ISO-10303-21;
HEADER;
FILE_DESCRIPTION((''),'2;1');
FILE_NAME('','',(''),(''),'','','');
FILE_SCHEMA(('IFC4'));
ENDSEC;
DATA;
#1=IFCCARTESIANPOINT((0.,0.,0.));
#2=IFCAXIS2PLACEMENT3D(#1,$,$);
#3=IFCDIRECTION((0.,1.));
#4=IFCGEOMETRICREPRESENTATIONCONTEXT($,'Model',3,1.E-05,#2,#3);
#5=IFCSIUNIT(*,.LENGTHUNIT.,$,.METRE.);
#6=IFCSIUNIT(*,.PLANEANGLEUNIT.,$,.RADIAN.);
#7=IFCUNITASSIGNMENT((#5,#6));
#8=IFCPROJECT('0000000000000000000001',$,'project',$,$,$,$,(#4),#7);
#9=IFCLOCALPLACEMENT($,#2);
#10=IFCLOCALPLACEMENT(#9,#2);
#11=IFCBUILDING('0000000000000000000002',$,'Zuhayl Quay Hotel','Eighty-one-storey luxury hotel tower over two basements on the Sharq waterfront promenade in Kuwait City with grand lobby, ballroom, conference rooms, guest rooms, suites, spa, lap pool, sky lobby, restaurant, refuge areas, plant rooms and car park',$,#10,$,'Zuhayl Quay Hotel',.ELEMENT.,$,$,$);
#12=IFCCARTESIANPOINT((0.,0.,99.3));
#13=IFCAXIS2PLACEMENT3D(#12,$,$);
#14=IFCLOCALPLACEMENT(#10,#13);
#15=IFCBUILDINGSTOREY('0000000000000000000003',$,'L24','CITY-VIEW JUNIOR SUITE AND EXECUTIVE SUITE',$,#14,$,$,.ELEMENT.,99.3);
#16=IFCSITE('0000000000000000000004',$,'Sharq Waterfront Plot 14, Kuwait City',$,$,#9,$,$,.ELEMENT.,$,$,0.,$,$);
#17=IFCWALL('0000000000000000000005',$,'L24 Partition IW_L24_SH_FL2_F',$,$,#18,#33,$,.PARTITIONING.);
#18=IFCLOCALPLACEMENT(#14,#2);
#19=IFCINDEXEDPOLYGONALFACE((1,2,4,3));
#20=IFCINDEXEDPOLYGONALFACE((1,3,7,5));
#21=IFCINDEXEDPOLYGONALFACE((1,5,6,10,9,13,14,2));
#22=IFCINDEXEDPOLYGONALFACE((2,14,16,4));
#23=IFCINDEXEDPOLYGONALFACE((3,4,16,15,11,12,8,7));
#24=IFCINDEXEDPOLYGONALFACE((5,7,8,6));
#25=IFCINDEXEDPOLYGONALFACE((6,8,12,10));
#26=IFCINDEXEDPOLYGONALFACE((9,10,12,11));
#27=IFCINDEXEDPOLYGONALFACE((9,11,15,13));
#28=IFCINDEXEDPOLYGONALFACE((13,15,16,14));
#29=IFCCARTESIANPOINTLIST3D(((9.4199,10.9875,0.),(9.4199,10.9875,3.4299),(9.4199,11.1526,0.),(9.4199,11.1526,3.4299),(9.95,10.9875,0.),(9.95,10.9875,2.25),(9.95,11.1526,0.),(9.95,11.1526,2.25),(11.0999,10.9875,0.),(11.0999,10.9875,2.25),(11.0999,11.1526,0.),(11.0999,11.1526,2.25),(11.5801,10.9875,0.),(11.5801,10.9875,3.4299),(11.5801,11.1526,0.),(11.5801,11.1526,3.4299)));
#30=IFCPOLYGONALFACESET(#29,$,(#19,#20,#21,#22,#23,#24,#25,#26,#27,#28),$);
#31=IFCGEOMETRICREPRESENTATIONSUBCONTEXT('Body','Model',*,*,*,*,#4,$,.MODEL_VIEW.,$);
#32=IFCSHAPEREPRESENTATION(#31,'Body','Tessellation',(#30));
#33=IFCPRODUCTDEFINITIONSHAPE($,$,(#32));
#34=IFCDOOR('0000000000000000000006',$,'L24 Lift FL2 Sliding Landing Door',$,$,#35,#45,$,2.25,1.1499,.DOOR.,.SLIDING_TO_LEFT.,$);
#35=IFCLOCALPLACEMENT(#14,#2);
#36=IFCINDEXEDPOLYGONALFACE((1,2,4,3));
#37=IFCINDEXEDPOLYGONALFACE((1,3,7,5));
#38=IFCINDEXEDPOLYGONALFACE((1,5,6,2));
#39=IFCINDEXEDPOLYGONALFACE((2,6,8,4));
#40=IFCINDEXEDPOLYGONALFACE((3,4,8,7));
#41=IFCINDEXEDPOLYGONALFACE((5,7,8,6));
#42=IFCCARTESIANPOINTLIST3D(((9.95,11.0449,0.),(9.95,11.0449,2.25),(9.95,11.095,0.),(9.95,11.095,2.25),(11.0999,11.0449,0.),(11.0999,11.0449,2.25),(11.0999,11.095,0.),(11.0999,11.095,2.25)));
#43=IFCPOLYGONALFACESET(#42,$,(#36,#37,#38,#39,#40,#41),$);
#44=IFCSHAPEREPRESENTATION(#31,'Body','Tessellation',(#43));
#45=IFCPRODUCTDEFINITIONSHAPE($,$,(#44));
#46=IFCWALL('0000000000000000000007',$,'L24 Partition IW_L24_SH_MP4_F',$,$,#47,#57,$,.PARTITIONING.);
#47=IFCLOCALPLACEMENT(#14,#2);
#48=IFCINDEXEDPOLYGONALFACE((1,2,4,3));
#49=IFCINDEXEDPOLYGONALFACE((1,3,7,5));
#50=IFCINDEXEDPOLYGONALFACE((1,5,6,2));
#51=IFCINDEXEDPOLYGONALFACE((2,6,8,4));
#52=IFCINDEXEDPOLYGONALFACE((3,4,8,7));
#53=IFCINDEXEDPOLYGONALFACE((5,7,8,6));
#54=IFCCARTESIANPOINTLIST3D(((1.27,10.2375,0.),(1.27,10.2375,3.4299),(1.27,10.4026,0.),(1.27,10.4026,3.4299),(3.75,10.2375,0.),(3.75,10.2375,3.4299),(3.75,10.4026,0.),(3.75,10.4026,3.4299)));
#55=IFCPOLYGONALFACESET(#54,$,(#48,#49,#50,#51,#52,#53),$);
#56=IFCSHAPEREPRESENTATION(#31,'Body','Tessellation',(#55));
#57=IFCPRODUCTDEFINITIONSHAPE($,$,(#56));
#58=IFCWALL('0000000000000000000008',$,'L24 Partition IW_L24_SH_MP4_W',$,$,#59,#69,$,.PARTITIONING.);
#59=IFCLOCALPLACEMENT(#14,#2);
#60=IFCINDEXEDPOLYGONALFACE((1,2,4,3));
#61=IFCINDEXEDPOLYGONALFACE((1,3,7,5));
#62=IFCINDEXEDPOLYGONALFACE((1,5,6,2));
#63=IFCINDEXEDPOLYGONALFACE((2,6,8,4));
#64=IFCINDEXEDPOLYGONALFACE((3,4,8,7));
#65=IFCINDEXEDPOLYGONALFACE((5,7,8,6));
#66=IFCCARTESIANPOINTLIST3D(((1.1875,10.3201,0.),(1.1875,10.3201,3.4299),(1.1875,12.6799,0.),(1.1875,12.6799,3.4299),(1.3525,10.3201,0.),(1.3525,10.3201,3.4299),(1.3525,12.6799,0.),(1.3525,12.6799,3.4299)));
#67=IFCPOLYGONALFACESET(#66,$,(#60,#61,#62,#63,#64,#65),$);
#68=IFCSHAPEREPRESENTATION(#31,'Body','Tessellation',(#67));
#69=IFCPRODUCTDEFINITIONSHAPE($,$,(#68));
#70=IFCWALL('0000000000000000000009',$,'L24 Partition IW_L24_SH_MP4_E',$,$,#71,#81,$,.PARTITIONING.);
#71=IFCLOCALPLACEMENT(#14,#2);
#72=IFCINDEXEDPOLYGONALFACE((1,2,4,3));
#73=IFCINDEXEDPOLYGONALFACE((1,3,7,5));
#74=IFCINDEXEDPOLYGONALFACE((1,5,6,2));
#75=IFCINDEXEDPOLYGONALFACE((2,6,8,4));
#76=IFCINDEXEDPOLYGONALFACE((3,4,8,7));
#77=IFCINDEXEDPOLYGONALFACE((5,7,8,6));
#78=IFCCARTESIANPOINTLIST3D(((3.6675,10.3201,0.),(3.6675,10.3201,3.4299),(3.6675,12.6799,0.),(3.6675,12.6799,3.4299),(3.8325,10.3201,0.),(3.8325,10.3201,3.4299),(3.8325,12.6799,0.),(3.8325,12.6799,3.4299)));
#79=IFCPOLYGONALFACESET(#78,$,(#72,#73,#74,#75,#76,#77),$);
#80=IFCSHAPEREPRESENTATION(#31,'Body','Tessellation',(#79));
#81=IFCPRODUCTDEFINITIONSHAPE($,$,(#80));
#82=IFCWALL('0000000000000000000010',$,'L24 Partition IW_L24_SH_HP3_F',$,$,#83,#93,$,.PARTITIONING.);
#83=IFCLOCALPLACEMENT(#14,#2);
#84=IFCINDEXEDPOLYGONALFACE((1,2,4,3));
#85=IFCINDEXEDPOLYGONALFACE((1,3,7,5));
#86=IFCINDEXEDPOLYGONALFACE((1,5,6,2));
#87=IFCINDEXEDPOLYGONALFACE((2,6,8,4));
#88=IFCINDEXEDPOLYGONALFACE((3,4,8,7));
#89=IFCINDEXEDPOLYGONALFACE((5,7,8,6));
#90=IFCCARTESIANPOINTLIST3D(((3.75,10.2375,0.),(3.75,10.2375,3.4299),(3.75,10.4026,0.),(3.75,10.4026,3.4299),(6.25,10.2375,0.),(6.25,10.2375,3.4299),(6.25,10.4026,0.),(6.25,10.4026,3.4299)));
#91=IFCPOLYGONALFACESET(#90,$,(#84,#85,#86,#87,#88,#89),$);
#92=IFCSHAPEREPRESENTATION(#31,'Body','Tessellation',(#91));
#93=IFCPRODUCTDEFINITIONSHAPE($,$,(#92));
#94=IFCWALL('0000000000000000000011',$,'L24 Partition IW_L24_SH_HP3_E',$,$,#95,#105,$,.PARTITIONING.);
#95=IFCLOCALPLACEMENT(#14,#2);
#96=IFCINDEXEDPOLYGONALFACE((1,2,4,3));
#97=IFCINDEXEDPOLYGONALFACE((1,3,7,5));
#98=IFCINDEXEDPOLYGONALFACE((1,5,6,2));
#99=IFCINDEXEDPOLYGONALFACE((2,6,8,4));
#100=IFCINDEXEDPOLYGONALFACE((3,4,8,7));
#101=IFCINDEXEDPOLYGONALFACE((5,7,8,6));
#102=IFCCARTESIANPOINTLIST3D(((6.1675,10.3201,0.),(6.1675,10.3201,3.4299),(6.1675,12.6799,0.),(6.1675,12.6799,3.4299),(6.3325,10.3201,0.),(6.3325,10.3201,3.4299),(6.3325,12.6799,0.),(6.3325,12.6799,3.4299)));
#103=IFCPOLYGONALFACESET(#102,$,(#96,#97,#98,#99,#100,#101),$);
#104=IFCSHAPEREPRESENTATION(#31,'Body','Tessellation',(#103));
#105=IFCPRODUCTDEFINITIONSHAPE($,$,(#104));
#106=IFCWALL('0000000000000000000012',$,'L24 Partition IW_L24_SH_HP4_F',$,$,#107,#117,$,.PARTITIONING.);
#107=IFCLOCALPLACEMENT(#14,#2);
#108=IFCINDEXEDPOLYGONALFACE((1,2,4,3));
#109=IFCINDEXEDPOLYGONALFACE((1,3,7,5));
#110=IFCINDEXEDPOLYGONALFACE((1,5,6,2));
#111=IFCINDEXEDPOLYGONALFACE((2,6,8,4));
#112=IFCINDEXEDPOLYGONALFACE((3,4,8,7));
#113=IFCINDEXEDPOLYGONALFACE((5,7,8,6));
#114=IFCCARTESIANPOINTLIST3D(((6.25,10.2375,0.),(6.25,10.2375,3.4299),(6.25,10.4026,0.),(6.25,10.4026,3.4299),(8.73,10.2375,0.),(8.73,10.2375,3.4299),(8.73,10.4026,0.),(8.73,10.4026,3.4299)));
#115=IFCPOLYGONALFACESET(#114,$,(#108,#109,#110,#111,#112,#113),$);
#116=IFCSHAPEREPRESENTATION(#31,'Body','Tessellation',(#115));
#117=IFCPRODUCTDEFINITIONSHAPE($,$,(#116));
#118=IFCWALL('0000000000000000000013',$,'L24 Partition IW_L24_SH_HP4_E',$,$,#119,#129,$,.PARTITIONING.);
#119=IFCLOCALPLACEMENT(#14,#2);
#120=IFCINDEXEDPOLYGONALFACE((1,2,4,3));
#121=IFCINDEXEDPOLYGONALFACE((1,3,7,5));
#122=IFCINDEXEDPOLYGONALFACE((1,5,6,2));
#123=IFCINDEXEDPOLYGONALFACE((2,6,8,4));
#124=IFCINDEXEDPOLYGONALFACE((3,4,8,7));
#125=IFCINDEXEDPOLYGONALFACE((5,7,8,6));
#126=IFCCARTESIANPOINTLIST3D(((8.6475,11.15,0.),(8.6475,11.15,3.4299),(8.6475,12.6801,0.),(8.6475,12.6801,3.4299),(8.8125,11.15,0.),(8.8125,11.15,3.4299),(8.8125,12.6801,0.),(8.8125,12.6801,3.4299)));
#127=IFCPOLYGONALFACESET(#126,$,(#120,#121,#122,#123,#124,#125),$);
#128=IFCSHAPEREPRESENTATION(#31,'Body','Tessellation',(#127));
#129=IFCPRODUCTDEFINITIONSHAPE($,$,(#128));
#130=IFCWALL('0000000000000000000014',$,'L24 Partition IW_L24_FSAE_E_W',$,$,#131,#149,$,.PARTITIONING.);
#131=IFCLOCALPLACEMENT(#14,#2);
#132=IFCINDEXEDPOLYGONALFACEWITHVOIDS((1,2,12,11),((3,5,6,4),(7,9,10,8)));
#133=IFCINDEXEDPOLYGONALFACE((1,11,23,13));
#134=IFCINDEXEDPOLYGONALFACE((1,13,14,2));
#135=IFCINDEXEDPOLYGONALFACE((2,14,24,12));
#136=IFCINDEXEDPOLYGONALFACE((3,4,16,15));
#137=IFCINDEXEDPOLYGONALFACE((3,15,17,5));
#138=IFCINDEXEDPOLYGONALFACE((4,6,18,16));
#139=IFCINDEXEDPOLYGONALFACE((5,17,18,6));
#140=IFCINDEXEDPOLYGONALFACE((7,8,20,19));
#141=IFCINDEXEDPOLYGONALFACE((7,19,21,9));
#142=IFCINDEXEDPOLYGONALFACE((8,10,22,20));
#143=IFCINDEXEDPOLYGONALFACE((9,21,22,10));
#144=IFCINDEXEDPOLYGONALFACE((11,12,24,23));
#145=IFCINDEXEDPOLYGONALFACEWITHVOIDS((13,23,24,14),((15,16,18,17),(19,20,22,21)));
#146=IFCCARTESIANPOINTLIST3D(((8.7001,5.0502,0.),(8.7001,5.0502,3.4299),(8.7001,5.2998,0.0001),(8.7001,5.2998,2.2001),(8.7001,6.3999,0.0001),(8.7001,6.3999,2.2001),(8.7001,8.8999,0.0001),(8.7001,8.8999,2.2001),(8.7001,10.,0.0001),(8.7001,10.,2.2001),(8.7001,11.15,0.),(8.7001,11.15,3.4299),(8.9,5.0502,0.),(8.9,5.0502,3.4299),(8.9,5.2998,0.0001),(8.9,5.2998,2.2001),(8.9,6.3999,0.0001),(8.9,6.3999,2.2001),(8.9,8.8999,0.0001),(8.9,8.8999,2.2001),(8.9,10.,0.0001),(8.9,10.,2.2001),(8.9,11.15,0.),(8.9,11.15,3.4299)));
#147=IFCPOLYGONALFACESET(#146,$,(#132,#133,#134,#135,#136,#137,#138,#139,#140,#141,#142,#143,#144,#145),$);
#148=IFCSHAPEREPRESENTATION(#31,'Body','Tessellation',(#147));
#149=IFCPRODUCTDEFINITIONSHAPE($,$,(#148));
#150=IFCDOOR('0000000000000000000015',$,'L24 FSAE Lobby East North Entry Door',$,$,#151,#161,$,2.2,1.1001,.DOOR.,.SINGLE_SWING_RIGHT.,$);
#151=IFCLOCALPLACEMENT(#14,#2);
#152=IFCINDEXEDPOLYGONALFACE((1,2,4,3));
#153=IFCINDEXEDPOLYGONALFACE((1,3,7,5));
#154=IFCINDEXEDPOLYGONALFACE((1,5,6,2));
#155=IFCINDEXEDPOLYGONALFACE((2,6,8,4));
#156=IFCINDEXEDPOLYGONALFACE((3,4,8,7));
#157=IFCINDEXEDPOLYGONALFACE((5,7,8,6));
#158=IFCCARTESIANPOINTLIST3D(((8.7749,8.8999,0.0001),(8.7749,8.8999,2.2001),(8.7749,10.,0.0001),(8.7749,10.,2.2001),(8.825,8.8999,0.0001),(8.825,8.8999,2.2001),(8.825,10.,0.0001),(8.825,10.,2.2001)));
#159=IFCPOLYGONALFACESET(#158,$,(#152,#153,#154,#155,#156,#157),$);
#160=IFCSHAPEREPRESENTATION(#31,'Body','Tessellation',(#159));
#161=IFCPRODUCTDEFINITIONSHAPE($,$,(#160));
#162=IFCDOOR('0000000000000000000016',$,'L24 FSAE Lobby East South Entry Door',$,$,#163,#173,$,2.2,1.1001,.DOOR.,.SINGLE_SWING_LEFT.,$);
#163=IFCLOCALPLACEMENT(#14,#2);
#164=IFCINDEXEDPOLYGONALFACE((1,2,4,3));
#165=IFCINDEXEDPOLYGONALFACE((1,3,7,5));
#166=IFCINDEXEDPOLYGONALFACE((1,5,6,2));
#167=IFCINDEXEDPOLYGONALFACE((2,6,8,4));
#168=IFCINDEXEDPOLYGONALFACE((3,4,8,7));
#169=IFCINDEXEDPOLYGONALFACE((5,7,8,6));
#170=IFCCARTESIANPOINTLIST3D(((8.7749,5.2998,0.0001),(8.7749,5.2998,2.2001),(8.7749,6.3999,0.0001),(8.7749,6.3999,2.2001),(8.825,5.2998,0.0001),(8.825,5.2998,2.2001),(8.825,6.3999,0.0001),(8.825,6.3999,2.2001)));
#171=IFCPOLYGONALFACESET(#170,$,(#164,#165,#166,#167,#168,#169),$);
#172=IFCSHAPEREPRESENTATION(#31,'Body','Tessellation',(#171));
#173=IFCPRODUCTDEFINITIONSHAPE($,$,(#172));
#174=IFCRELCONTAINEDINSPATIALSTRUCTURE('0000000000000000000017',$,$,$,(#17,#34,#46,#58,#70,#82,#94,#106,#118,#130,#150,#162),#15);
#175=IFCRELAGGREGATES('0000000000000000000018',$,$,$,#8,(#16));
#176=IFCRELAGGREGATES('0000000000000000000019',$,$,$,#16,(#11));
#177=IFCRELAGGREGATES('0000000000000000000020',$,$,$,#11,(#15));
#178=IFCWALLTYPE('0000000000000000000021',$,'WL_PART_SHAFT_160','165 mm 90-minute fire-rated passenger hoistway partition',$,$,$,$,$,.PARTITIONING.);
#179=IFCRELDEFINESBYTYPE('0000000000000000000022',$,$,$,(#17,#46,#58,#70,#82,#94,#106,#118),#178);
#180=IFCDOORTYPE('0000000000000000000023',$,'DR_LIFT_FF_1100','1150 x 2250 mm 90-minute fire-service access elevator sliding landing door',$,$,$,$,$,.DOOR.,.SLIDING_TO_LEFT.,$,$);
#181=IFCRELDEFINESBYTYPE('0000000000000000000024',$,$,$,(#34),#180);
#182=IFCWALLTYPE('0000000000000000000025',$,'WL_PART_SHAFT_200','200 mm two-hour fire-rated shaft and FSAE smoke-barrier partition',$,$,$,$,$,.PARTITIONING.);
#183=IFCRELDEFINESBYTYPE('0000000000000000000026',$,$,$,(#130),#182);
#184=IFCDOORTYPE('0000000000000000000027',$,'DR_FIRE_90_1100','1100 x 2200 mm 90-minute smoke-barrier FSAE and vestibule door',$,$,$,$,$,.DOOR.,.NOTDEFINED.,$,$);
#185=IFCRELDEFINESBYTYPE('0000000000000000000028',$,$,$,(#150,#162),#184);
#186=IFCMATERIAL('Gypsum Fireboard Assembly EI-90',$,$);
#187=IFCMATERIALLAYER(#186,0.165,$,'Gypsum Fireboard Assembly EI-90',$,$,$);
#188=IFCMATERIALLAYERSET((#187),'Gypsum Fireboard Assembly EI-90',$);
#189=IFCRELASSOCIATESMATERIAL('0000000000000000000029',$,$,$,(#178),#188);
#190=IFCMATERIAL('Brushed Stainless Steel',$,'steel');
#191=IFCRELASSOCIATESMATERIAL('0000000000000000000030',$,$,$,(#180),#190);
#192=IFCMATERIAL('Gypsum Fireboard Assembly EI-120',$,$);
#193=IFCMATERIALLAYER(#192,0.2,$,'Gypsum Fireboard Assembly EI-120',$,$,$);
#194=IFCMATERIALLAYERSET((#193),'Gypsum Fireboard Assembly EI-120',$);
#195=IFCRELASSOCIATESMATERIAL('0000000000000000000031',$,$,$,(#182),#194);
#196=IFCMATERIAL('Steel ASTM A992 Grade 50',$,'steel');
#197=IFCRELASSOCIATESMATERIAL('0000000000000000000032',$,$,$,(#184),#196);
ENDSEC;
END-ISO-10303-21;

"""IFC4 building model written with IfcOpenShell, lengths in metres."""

from ifc_helpers import new_model, si_unit, direction, frame, frame_2d, origin, place, context, subcontext, project, spatial, rectangle, extrude, material, layer, layer_set, type_object, element, fill, save


model = new_model("IFC4")

# Units and contexts
model_context = context("Model", 3, precision=1e-05, world=origin(), true_north=direction((0.0, 1.0)))
body_context = subcontext(model_context, "Body", "Model", "MODEL_VIEW")
ifc_project = project(units=[si_unit("LENGTHUNIT", "METRE"), si_unit("PLANEANGLEUNIT", "RADIAN")], contexts=[model_context])

# Site, building, storey
site_placement = place(None, origin())
site = spatial("IfcSite", under=ifc_project, at=site_placement, Name="Sharq Waterfront Plot 14, Kuwait City", CompositionType="ELEMENT", RefElevation=0.0)
building_placement = place(site_placement, origin())
building = spatial("IfcBuilding", under=site, at=building_placement, Name="Zuhayl Quay Hotel", Description="Eighty-one-storey luxury hotel tower over two basements on the Sharq waterfront promenade in Kuwait City with grand lobby, ballroom, conference rooms, guest rooms, suites, spa, lap pool, sky lobby, restaurant, refuge areas, plant rooms and car park", LongName="Zuhayl Quay Hotel", CompositionType="ELEMENT")
storey_placement = place(building_placement, frame((0.0, 0.0, 99.3)))
storey = spatial("IfcBuildingStorey", under=building, at=storey_placement, Name="L24", Description="CITY-VIEW JUNIOR SUITE AND EXECUTIVE SUITE", CompositionType="ELEMENT", Elevation=99.3)

# Shared definitions
ifc_material_1 = material(Name="Steel ASTM A992 Grade 50", Category="steel")

# Wall, opening, door
ifc_material_2 = material(Name="Gypsum Fireboard Assembly EI-90")
ifc_layer_1 = layer(ifc_material_2, 0.165, Name="Gypsum Fireboard Assembly EI-90")
ifc_layer_set_1 = layer_set([ifc_layer_1], Name="Gypsum Fireboard Assembly EI-90")
wall_type_1 = type_object("IfcWallType", Name="WL_PART_SHAFT_160", Description="165 mm 90-minute fire-rated passenger hoistway partition", PredefinedType="PARTITIONING", material=ifc_layer_set_1)
wall_1_placement = place(storey_placement, frame((9.4199, 11.0701, 0.0), z_axis=(0.0, 0.0, 1.0), x_axis=(1.0, 0.0, 0.0)))
wall_1 = element("IfcWall", 1, at=wall_1_placement, inside=storey, type_object=wall_type_1, Name="L24 Partition IW_L24_SH_FL2_F", PredefinedType="PARTITIONING", context=body_context, shape_type="SweptSolid", body=[
    extrude(rectangle(XDim=2.1602, YDim=0.165, at=frame_2d((1.0801, 0.0))), origin(), (0.0, 0.0, 1.0), 3.4299),
])
opening_1_placement = place(wall_1_placement, frame((0.53, 0.0, 0.0)))
opening_1 = element("IfcOpeningElement", 2, at=opening_1_placement, cuts=wall_1, PredefinedType="OPENING", context=body_context, shape_type="SweptSolid", body=[
    extrude(rectangle(XDim=1.1499, YDim=2.25, at=frame_2d((0.575, 1.125))), frame((0.0, 0.0925, 0.0), z_axis=(0.0, -1.0, 0.0), x_axis=(1.0, 0.0, 0.0)), (0.0, 0.0, 1.0), 0.1851),
])
ifc_material_3 = material(Name="Brushed Stainless Steel", Category="steel")
door_type_1 = type_object("IfcDoorType", Name="DR_LIFT_FF_1100", Description="1150 x 2250 mm 90-minute fire-service access elevator sliding landing door", OperationType="SLIDING_TO_LEFT", PredefinedType="DOOR", material=ifc_material_3)
door_1_placement = place(opening_1_placement, origin())
door_1 = element("IfcDoor", 3, at=door_1_placement, inside=storey, type_object=door_type_1, Name="L24 Lift FL2 Sliding Landing Door", OperationType="SLIDING_TO_LEFT", OverallHeight=2.25, OverallWidth=1.1499, PredefinedType="DOOR", context=body_context, shape_type="SweptSolid", body=[
    extrude(rectangle(XDim=1.1499, YDim=2.25, at=frame_2d((0.575, 1.125))), frame((0.0, 0.0249, 0.0), z_axis=(0.0, -1.0, 0.0), x_axis=(1.0, 0.0, 0.0)), (0.0, 0.0, 1.0), 0.05),
])
fill(opening_1, door_1)

# Walls
wall_2_placement = place(storey_placement, frame((1.27, 10.3201, 0.0), z_axis=(0.0, 0.0, 1.0), x_axis=(1.0, 0.0, 0.0)))
element("IfcWall", 4, at=wall_2_placement, inside=storey, type_object=wall_type_1, Name="L24 Partition IW_L24_SH_MP4_F", PredefinedType="PARTITIONING", context=body_context, shape_type="SweptSolid", body=[
    extrude(rectangle(XDim=2.48, YDim=0.165, at=frame_2d((1.24, 0.0))), origin(), (0.0, 0.0, 1.0), 3.4299),
])
for number, where, z_axis, x_axis, name in (
    (5, (1.27, 10.3201, 0.0), (0.0, 0.0, 1.0), (0.0, 1.0, 0.0), "L24 Partition IW_L24_SH_MP4_W"),
    (6, (3.75, 10.3201, 0.0), (0.0, 0.0, 1.0), (0.0, 1.0, 0.0), "L24 Partition IW_L24_SH_MP4_E"),
):
    element("IfcWall", number, at=place(storey_placement, frame(where, z_axis=z_axis, x_axis=x_axis)), inside=storey, type_object=wall_type_1, Name=name, PredefinedType="PARTITIONING", context=body_context, shape_type="SweptSolid", body=[
        extrude(rectangle(XDim=2.3599, YDim=0.165, at=frame_2d((1.1799, 0.0))), origin(), (0.0, 0.0, 1.0), 3.4299),
    ])
wall_3_placement = place(storey_placement, frame((3.75, 10.3201, 0.0), z_axis=(0.0, 0.0, 1.0), x_axis=(1.0, 0.0, 0.0)))
element("IfcWall", 7, at=wall_3_placement, inside=storey, type_object=wall_type_1, Name="L24 Partition IW_L24_SH_HP3_F", PredefinedType="PARTITIONING", context=body_context, shape_type="SweptSolid", body=[
    extrude(rectangle(XDim=2.5, YDim=0.165, at=frame_2d((1.25, 0.0))), origin(), (0.0, 0.0, 1.0), 3.4299),
])
wall_4_placement = place(storey_placement, frame((6.25, 10.3201, 0.0), z_axis=(0.0, 0.0, 1.0), x_axis=(0.0, 1.0, 0.0)))
element("IfcWall", 8, at=wall_4_placement, inside=storey, type_object=wall_type_1, Name="L24 Partition IW_L24_SH_HP3_E", PredefinedType="PARTITIONING", context=body_context, shape_type="SweptSolid", body=[
    extrude(rectangle(XDim=2.3599, YDim=0.165, at=frame_2d((1.1799, 0.0))), origin(), (0.0, 0.0, 1.0), 3.4299),
])
wall_5_placement = place(storey_placement, frame((6.25, 10.3201, 0.0), z_axis=(0.0, 0.0, 1.0), x_axis=(1.0, 0.0, 0.0)))
element("IfcWall", 9, at=wall_5_placement, inside=storey, type_object=wall_type_1, Name="L24 Partition IW_L24_SH_HP4_F", PredefinedType="PARTITIONING", context=body_context, shape_type="SweptSolid", body=[
    extrude(rectangle(XDim=2.48, YDim=0.165, at=frame_2d((1.24, 0.0))), origin(), (0.0, 0.0, 1.0), 3.4299),
])
wall_6_placement = place(storey_placement, frame((8.73, 11.1499, 0.0), z_axis=(0.0, 0.0, 1.0), x_axis=(0.0, 1.0, 0.0)))
element("IfcWall", 10, at=wall_6_placement, inside=storey, type_object=wall_type_1, Name="L24 Partition IW_L24_SH_HP4_E", PredefinedType="PARTITIONING", context=body_context, shape_type="SweptSolid", body=[
    extrude(rectangle(XDim=1.53, YDim=0.165, at=frame_2d((0.7651, 0.0))), origin(), (0.0, 0.0, 1.0), 3.4299),
])

# Wall, openings, doors
ifc_material_4 = material(Name="Gypsum Fireboard Assembly EI-120")
ifc_layer_2 = layer(ifc_material_4, 0.2, Name="Gypsum Fireboard Assembly EI-120")
ifc_layer_set_2 = layer_set([ifc_layer_2], Name="Gypsum Fireboard Assembly EI-120")
wall_type_2 = type_object("IfcWallType", Name="WL_PART_SHAFT_200", Description="200 mm two-hour fire-rated shaft and FSAE smoke-barrier partition", PredefinedType="PARTITIONING", material=ifc_layer_set_2)
wall_7_placement = place(storey_placement, frame((8.8, 11.1499, 0.0), z_axis=(0.0, 0.0, 1.0), x_axis=(0.0, -1.0, 0.0)))
wall_7 = element("IfcWall", 11, at=wall_7_placement, inside=storey, type_object=wall_type_2, Name="L24 Partition IW_L24_FSAE_E_W", PredefinedType="PARTITIONING", context=body_context, shape_type="SweptSolid", body=[
    extrude(rectangle(XDim=6.0999, YDim=0.2, at=frame_2d((3.0498, 0.0))), origin(), (0.0, 0.0, 1.0), 3.4299),
])
opening_2_placement = place(wall_7_placement, frame((1.1499, 0.0, 0.0)))
opening_2 = element("IfcOpeningElement", 12, at=opening_2_placement, cuts=wall_7, PredefinedType="OPENING", context=body_context, shape_type="SweptSolid", body=[
    extrude(rectangle(XDim=1.1001, YDim=2.2, at=frame_2d((0.55, 1.1001))), frame((0.0, 0.1099, 0.0), z_axis=(0.0, -1.0, 0.0), x_axis=(1.0, 0.0, 0.0)), (0.0, 0.0, 1.0), 0.22),
])
opening_3_placement = place(wall_7_placement, frame((4.75, 0.0, 0.0)))
opening_3 = element("IfcOpeningElement", 13, at=opening_3_placement, cuts=wall_7, PredefinedType="OPENING", context=body_context, shape_type="SweptSolid", body=[
    extrude(rectangle(XDim=1.1001, YDim=2.2, at=frame_2d((0.55, 1.1001))), frame((0.0, 0.1099, 0.0), z_axis=(0.0, -1.0, 0.0), x_axis=(1.0, 0.0, 0.0)), (0.0, 0.0, 1.0), 0.22),
])
door_type_2 = type_object("IfcDoorType", Name="DR_FIRE_90_1100", Description="1100 x 2200 mm 90-minute smoke-barrier FSAE and vestibule door", OperationType="NOTDEFINED", PredefinedType="DOOR", material=ifc_material_1)
door_2_placement = place(opening_2_placement, origin())
door_2 = element("IfcDoor", 14, at=door_2_placement, inside=storey, type_object=door_type_2, Name="L24 FSAE Lobby East North Entry Door", OperationType="SINGLE_SWING_RIGHT", OverallHeight=2.2, OverallWidth=1.1001, PredefinedType="DOOR", context=body_context, shape_type="SweptSolid", body=[
    extrude(rectangle(XDim=1.1001, YDim=2.2, at=frame_2d((0.55, 1.1001))), frame((0.0, 0.0249, 0.0), z_axis=(0.0, -1.0, 0.0), x_axis=(1.0, 0.0, 0.0)), (0.0, 0.0, 1.0), 0.05),
])
fill(opening_2, door_2)
door_3_placement = place(opening_3_placement, origin())
door_3 = element("IfcDoor", 15, at=door_3_placement, inside=storey, type_object=door_type_2, Name="L24 FSAE Lobby East South Entry Door", OperationType="SINGLE_SWING_LEFT", OverallHeight=2.2, OverallWidth=1.1001, PredefinedType="DOOR", context=body_context, shape_type="SweptSolid", body=[
    extrude(rectangle(XDim=1.1001, YDim=2.2, at=frame_2d((0.55, 1.1001))), frame((0.0, 0.0249, 0.0), z_axis=(0.0, -1.0, 0.0), x_axis=(1.0, 0.0, 0.0)), (0.0, 0.0, 1.0), 0.05),
])
fill(opening_3, door_3)

save(model, "model.ifc")
